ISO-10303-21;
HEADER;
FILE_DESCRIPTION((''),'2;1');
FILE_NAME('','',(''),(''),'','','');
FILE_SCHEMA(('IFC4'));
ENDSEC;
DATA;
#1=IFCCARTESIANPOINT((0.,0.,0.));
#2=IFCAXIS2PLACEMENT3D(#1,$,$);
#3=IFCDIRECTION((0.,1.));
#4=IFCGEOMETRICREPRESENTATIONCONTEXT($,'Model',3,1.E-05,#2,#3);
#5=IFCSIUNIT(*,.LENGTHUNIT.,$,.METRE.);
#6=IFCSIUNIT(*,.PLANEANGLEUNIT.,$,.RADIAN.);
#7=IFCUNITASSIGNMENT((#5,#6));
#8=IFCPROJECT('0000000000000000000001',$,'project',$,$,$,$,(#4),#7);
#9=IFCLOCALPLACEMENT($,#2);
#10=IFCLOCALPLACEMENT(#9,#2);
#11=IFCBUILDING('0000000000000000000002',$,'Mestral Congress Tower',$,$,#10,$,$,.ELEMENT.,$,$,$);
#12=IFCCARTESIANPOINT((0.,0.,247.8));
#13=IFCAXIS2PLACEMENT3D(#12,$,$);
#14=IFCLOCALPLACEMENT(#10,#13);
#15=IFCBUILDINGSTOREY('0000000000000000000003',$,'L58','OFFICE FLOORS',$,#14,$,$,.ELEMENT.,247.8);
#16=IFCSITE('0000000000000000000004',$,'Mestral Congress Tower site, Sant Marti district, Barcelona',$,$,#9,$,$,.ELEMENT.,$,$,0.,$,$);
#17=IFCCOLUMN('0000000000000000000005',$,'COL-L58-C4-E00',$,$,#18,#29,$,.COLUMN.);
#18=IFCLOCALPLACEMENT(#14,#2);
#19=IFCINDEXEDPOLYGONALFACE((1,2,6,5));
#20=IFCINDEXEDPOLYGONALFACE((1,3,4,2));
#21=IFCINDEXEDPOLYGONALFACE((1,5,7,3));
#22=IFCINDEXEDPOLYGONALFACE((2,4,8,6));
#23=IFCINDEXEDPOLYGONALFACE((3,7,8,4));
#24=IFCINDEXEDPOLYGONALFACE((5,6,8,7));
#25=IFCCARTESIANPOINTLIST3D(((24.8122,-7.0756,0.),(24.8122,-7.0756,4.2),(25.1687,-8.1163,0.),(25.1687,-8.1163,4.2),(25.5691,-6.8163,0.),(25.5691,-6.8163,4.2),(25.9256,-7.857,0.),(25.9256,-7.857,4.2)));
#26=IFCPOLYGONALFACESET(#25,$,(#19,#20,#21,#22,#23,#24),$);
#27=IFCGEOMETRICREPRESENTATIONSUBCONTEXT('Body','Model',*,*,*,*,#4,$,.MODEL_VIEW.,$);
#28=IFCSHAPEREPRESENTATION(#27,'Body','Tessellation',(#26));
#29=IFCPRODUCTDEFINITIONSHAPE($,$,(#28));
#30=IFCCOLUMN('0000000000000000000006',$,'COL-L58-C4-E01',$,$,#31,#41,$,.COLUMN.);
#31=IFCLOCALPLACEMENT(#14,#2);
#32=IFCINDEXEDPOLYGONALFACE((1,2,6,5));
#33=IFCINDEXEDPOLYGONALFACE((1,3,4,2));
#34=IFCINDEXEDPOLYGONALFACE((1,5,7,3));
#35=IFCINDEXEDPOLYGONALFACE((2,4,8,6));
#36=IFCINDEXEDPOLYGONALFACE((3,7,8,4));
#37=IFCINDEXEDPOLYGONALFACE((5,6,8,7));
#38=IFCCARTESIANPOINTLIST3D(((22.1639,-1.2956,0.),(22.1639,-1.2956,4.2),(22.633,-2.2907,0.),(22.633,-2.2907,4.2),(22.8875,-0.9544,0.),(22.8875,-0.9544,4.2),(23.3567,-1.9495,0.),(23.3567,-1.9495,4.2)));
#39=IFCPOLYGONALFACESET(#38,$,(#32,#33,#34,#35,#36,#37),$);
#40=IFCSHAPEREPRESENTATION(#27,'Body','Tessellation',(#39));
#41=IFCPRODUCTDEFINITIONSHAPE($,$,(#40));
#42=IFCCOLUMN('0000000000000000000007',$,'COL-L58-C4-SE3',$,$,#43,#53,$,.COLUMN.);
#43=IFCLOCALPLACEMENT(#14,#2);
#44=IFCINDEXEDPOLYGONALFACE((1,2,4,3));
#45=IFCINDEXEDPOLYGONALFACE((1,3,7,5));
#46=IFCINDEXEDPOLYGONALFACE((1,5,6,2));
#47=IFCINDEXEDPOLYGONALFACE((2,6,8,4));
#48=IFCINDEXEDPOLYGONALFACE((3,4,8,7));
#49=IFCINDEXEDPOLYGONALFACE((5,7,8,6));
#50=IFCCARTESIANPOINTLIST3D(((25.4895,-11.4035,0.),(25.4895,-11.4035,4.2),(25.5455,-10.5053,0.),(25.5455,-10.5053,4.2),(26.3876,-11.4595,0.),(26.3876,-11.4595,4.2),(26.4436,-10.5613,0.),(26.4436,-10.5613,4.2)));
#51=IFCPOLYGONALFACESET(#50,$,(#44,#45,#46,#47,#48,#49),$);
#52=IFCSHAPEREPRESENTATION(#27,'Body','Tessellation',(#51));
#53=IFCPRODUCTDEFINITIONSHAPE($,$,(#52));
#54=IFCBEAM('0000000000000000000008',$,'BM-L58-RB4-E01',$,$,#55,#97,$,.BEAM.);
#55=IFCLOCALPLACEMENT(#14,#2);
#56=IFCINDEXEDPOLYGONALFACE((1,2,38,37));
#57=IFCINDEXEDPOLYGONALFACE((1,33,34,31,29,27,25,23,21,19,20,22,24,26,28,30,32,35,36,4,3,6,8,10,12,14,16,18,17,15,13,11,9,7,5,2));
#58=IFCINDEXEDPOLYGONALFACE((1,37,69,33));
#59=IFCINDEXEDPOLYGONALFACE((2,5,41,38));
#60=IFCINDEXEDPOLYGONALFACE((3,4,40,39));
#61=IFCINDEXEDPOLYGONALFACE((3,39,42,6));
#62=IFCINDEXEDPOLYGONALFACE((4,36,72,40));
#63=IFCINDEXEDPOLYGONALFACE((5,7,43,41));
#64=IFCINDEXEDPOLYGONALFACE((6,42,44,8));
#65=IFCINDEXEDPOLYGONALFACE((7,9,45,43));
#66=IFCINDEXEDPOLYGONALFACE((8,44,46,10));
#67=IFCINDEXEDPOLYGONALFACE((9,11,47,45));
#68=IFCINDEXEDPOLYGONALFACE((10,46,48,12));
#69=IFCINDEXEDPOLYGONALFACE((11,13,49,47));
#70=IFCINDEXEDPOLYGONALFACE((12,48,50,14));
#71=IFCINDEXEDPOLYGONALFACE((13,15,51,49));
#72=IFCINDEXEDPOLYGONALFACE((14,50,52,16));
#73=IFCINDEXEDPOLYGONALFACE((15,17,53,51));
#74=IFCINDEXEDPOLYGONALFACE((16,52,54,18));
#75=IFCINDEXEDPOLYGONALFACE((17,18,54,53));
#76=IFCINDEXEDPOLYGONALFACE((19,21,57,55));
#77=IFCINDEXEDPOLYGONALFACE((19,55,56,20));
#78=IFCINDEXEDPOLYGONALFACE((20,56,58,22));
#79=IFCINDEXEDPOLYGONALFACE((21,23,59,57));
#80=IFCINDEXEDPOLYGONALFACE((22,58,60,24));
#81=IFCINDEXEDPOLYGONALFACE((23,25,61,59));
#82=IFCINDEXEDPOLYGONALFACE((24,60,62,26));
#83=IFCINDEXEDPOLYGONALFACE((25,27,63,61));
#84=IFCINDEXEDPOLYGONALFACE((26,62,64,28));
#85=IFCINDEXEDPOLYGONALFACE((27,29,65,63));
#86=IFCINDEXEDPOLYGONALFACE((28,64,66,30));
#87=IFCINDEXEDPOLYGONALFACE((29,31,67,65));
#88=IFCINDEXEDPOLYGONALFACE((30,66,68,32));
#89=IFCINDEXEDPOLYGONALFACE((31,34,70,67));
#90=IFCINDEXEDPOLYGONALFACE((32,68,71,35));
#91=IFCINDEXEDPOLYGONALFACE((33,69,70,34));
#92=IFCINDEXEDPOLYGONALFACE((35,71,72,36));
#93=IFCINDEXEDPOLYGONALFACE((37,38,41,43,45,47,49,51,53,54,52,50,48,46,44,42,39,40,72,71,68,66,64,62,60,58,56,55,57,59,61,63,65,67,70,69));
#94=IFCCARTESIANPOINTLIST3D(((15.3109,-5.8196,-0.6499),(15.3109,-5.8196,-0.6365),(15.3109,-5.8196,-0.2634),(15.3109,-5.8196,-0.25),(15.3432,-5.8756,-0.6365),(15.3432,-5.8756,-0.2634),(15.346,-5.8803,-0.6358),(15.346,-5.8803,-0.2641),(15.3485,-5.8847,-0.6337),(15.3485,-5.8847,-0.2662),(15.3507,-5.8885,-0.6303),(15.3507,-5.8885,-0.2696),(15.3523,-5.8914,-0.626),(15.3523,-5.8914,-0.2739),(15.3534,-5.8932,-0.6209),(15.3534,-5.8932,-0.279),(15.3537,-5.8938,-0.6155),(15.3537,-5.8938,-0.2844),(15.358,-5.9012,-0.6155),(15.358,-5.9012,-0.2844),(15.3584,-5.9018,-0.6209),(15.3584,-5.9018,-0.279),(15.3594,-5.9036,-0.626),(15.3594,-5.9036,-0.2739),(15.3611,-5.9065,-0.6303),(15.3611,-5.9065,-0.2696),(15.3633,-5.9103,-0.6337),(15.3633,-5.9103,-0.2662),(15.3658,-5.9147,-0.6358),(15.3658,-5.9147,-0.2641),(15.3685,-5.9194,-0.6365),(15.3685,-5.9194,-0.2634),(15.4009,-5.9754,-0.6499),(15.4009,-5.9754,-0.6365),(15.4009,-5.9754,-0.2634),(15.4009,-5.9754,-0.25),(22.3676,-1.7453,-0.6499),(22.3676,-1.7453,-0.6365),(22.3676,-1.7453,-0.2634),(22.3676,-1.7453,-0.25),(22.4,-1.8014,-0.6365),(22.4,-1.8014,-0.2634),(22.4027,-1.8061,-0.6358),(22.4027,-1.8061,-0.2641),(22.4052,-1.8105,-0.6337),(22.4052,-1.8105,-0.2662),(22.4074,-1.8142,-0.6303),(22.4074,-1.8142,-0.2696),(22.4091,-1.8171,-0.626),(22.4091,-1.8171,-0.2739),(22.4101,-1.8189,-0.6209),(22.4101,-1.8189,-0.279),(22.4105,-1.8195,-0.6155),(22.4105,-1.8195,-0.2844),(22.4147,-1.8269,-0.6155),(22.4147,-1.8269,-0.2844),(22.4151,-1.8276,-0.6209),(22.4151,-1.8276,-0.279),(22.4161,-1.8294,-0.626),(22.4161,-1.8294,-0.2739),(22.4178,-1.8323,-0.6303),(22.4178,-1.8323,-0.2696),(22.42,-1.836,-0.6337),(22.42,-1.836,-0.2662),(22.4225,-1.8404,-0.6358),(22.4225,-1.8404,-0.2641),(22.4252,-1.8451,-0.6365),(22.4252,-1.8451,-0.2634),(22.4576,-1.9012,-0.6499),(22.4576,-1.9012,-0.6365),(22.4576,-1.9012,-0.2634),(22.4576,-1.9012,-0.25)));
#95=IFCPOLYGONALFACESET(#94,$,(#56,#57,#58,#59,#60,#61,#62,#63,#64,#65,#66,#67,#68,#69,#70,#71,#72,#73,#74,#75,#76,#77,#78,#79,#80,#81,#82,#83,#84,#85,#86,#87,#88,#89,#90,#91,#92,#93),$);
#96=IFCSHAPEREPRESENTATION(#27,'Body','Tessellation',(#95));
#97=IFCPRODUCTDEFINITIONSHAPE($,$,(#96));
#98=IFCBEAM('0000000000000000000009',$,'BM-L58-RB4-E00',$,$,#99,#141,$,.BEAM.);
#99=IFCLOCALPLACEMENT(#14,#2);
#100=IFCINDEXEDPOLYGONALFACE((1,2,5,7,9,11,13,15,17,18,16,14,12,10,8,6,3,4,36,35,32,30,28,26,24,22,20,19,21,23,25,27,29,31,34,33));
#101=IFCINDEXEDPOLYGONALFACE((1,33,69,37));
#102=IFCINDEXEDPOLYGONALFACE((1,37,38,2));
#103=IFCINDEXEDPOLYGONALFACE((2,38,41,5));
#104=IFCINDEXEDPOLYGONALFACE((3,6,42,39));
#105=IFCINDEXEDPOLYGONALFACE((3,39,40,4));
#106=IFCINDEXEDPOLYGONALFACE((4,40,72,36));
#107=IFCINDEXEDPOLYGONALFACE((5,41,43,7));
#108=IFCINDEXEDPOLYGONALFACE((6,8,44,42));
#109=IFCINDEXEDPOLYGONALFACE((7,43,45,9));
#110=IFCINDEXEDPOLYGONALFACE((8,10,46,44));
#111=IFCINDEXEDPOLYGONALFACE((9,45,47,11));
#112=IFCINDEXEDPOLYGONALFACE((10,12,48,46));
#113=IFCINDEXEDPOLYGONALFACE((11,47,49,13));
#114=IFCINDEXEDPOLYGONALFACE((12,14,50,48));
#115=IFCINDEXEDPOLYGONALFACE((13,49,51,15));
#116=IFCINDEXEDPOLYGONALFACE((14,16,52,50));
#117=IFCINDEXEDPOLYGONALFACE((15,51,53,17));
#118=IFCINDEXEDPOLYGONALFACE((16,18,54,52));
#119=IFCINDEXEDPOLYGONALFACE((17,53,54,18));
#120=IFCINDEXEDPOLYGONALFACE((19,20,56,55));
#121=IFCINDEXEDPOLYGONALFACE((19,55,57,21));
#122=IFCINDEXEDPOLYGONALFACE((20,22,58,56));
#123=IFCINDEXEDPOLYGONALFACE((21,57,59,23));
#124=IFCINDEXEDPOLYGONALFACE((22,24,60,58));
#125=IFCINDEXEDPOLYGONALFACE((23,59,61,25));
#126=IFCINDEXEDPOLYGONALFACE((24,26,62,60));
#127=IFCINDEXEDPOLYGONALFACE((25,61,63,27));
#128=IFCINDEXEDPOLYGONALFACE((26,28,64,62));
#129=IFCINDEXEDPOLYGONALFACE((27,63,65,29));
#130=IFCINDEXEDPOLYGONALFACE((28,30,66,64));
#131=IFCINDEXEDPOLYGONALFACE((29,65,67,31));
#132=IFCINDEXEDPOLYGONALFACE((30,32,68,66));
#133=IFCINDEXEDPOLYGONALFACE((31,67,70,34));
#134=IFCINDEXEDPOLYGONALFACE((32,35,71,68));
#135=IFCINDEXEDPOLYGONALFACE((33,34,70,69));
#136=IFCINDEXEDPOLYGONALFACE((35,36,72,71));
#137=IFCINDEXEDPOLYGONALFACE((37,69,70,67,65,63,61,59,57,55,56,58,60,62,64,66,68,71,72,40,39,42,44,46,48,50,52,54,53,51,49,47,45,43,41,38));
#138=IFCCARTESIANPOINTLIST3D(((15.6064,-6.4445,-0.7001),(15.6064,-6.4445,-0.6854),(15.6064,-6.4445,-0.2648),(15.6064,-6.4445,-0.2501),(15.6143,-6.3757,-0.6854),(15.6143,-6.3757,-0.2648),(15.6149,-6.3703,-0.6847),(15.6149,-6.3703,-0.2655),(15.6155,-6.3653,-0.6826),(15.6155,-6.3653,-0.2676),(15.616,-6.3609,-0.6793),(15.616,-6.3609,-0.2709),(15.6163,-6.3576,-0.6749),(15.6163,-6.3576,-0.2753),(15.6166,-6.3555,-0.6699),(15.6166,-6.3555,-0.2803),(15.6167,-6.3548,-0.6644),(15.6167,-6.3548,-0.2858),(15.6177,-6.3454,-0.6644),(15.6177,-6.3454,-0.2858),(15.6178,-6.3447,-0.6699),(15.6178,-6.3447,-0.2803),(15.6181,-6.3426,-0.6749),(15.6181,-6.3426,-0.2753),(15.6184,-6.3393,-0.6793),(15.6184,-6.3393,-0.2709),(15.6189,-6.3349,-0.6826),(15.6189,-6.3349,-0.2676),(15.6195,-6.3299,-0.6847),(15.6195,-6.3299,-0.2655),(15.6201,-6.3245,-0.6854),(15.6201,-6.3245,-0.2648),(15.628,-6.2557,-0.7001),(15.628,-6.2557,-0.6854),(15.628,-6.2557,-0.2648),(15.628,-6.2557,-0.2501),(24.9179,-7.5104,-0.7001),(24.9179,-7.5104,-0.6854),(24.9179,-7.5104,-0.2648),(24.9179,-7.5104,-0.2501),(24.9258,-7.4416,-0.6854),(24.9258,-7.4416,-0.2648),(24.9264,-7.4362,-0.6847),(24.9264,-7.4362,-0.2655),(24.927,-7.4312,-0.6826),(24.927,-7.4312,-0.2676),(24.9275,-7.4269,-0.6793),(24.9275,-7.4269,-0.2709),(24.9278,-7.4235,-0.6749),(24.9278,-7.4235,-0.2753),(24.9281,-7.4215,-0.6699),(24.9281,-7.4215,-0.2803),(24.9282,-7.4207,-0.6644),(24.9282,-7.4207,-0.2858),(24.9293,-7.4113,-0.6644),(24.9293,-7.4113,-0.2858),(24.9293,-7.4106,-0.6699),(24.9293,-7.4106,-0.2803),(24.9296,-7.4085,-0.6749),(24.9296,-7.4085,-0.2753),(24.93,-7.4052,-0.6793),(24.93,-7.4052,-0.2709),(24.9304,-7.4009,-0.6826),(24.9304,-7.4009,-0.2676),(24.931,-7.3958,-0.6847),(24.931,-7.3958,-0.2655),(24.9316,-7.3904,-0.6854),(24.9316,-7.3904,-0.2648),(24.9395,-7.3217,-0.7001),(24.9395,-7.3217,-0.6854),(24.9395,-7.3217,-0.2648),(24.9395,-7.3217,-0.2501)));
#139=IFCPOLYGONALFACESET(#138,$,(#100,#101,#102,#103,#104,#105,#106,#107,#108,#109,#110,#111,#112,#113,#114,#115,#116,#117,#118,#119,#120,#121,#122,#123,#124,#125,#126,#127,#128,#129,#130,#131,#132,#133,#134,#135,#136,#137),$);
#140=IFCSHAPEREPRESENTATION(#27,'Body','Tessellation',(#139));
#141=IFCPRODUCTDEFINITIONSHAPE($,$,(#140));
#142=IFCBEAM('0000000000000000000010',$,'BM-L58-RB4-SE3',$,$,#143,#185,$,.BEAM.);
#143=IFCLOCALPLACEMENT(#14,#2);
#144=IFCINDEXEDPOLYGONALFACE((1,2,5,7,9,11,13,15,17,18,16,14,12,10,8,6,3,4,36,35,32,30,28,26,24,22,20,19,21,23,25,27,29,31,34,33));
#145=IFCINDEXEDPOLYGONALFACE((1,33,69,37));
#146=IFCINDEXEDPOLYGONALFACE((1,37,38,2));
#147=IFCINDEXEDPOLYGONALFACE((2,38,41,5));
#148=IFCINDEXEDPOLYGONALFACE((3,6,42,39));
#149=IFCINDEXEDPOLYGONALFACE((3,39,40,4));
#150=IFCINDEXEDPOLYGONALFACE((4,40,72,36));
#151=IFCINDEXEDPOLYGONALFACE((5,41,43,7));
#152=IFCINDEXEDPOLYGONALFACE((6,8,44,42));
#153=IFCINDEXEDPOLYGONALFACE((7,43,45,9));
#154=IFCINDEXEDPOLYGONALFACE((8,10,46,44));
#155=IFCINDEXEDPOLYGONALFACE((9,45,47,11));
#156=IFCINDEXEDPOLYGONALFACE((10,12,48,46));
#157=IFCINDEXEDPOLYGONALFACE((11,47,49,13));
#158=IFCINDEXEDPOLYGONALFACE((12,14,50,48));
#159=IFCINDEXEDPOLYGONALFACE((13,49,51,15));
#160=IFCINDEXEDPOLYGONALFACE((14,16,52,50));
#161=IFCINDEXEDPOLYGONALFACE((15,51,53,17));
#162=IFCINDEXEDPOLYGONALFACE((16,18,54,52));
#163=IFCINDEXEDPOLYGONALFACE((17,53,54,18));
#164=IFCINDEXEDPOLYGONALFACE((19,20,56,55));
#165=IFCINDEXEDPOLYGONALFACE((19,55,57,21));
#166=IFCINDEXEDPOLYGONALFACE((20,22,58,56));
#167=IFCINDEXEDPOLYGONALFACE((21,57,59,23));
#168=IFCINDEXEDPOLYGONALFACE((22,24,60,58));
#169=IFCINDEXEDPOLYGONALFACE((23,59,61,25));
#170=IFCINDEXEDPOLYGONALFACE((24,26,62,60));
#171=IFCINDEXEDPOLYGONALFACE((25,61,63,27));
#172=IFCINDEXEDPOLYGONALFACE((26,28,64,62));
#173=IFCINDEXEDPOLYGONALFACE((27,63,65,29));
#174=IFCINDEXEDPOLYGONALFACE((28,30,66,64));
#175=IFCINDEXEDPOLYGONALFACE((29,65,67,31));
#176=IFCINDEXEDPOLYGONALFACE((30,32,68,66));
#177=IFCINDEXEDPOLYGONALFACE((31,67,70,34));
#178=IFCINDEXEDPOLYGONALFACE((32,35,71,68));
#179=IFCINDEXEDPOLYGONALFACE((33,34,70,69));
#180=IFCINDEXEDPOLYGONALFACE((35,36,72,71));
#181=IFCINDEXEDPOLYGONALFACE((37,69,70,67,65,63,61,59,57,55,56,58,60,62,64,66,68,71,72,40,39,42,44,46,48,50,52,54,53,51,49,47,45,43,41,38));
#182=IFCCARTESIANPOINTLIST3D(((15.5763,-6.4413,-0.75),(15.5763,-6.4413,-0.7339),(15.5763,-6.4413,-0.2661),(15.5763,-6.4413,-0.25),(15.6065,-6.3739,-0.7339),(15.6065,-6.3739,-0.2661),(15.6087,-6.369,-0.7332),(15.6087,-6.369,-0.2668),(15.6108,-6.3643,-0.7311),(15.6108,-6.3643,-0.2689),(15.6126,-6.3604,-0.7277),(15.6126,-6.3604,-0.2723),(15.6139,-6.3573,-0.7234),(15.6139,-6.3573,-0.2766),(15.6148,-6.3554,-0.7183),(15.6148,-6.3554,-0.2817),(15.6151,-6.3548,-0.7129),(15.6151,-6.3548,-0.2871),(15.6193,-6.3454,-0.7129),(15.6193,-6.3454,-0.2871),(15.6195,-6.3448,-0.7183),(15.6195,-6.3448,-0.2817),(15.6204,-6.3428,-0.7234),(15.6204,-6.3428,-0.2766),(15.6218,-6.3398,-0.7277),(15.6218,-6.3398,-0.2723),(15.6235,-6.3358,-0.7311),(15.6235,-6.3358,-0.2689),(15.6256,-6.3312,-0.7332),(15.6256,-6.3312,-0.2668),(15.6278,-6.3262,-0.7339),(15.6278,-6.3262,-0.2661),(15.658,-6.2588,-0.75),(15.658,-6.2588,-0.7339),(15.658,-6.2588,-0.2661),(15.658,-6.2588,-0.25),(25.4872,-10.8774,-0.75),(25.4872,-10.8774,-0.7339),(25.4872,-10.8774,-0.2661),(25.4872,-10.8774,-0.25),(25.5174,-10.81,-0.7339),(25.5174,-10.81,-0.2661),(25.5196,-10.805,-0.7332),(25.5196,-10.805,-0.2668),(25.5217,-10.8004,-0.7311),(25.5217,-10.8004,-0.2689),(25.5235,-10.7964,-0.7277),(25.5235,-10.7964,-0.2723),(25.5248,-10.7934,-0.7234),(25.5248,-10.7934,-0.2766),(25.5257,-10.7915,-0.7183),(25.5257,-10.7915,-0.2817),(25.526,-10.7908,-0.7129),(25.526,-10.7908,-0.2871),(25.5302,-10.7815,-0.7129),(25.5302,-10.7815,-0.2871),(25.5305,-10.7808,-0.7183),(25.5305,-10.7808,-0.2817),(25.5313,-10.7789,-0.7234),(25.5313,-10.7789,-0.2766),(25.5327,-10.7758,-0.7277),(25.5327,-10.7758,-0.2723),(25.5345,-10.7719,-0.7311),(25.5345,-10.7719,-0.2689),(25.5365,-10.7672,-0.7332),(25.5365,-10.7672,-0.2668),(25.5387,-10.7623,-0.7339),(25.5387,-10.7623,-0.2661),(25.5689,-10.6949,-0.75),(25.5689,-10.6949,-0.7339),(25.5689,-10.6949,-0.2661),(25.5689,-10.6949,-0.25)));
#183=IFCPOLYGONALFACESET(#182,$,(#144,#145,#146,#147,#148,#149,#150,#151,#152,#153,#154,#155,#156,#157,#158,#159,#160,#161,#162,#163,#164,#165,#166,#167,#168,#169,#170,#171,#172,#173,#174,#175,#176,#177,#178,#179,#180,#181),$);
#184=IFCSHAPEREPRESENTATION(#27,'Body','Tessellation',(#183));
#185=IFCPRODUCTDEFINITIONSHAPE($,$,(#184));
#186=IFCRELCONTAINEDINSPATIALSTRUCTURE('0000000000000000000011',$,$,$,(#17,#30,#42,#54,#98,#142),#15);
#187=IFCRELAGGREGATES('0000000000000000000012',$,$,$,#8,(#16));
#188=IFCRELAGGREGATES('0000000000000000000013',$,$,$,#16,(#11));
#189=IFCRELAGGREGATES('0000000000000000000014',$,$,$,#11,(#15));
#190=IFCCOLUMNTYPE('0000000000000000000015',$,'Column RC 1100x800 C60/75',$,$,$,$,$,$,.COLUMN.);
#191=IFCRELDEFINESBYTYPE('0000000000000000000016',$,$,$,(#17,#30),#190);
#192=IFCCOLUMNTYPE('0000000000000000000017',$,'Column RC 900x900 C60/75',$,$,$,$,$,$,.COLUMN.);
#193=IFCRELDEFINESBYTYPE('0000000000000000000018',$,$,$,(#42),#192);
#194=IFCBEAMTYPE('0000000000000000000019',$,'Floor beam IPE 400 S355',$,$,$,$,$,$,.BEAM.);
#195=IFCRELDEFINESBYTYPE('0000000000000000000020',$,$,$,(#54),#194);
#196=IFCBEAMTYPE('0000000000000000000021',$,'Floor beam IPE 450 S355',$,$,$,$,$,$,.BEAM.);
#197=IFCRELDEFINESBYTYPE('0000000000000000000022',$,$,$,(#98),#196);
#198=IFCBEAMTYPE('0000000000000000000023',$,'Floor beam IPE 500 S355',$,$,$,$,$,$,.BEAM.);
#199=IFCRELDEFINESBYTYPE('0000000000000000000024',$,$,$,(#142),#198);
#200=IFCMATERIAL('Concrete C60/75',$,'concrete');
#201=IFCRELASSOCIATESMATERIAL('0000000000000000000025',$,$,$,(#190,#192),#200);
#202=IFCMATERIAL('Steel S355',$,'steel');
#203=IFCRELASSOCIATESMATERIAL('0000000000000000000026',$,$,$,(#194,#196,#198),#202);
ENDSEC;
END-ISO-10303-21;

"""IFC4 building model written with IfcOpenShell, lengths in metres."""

from ifc_helpers import new_model, si_unit, direction, frame, origin, origin_2d, place, context, subcontext, project, spatial, rectangle, i_section, extrude, material, material_profile, profile_set, type_object, element, save


model = new_model("IFC4")

# Units and contexts
model_context = context("Model", 3, precision=1e-05, world=origin(), true_north=direction((0.0, 1.0)))
body_context = subcontext(model_context, "Body", "Model", "MODEL_VIEW")
ifc_project = project(units=[si_unit("LENGTHUNIT", "METRE"), si_unit("PLANEANGLEUNIT", "RADIAN")], contexts=[model_context])

# Site, building, storey
site_placement = place(None, origin())
site = spatial("IfcSite", under=ifc_project, at=site_placement, Name="Mestral Congress Tower site, Sant Marti district, Barcelona", CompositionType="ELEMENT", RefElevation=0.0)
building_placement = place(site_placement, origin())
building = spatial("IfcBuilding", under=site, at=building_placement, Name="Mestral Congress Tower", CompositionType="ELEMENT")
storey_placement = place(building_placement, frame((0.0, 0.0, 247.8)))
storey = spatial("IfcBuildingStorey", under=building, at=storey_placement, Name="L58", Description="OFFICE FLOORS", CompositionType="ELEMENT", Elevation=247.8)

# Columns
ifc_material_1 = material(Name="Concrete C60/75", Category="concrete")
ifc_material_profile_1 = material_profile(ifc_material_1, rectangle(XDim=1.1001, YDim=0.8, at=origin_2d()), Name="RC 1100x800")
ifc_profile_set_1 = profile_set([ifc_material_profile_1], Name="Concrete C60/75")
column_type_1 = type_object("IfcColumnType", Name="Column RC 1100x800 C60/75", PredefinedType="COLUMN", material=ifc_profile_set_1)
for number, where, z_axis, x_axis, name in (
    (1, (25.3689, -7.4663, 0.0), (0.0, 0.0, 1.0), (-0.324074, 0.946032, 0.0), "COL-L58-C4-E00"),
    (2, (22.7603, -1.6226, 0.0), (0.0, 0.0, 1.0), (-0.426472, 0.904501, 0.0), "COL-L58-C4-E01"),
):
    element("IfcColumn", number, at=place(storey_placement, frame(where, z_axis=z_axis, x_axis=x_axis)), inside=storey, type_object=column_type_1, Name=name, PredefinedType="COLUMN", context=body_context, shape_type="SweptSolid", body=[
        extrude(rectangle(XDim=1.1001, YDim=0.8, at=origin_2d()), origin(), (0.0, 0.0, 1.0), 4.2),
    ])
ifc_material_profile_2 = material_profile(ifc_material_1, rectangle(XDim=0.8999, YDim=0.8999, at=origin_2d()), Name="RC 900x900")
ifc_profile_set_2 = profile_set([ifc_material_profile_2], Name="Concrete C60/75")
column_type_2 = type_object("IfcColumnType", Name="Column RC 900x900 C60/75", PredefinedType="COLUMN", material=ifc_profile_set_2)
column_placement = place(storey_placement, frame((25.9666, -10.9824, 0.0), z_axis=(0.0, 0.0, 1.0), x_axis=(0.062217, 0.998063, 0.0)))
element("IfcColumn", 3, at=column_placement, inside=storey, type_object=column_type_2, Name="COL-L58-C4-SE3", PredefinedType="COLUMN", context=body_context, shape_type="SweptSolid", body=[
    extrude(rectangle(XDim=0.8999, YDim=0.8999, at=origin_2d()), origin(), (0.0, 0.0, 1.0), 4.2),
])

# Beams
ifc_material_2 = material(Name="Steel S355", Category="steel")
ifc_material_profile_3 = material_profile(ifc_material_2, i_section(OverallWidth=0.1799, OverallDepth=0.3999, WebThickness=0.0085, FlangeThickness=0.0134, FilletRadius=0.021, at=origin_2d()), Name="IPE 400")
ifc_profile_set_3 = profile_set([ifc_material_profile_3], Name="Steel S355")
beam_type_1 = type_object("IfcBeamType", Name="Floor beam IPE 400 S355", PredefinedType="BEAM", material=ifc_profile_set_3)
beam_1_placement = place(storey_placement, frame((22.4126, -1.8232, -0.45), z_axis=(-0.866022, -0.500006, 0.0), x_axis=(0.500006, -0.866022, 0.0)))
element("IfcBeam", 4, at=beam_1_placement, inside=storey, type_object=beam_type_1, Name="BM-L58-RB4-E01", PredefinedType="BEAM", context=body_context, shape_type="SweptSolid", body=[
    extrude(i_section(OverallWidth=0.1799, OverallDepth=0.3999, WebThickness=0.0085, FlangeThickness=0.0134, FilletRadius=0.021, at=origin_2d()), origin(), (0.0, 0.0, 1.0), 8.1484),
])
ifc_material_profile_4 = material_profile(ifc_material_2, i_section(OverallWidth=0.1899, OverallDepth=0.45, WebThickness=0.0095, FlangeThickness=0.0146, FilletRadius=0.021, at=origin_2d()), Name="IPE 450")
ifc_profile_set_4 = profile_set([ifc_material_profile_4], Name="Steel S355")
beam_type_2 = type_object("IfcBeamType", Name="Floor beam IPE 450 S355", PredefinedType="BEAM", material=ifc_profile_set_4)
beam_2_placement = place(storey_placement, frame((24.9287, -7.416, -0.4751), z_axis=(-0.993512, 0.11373, 0.0), x_axis=(-0.11373, -0.993512, 0.0)))
element("IfcBeam", 5, at=beam_2_placement, inside=storey, type_object=beam_type_2, Name="BM-L58-RB4-E00", PredefinedType="BEAM", context=body_context, shape_type="SweptSolid", body=[
    extrude(i_section(OverallWidth=0.1899, OverallDepth=0.45, WebThickness=0.0095, FlangeThickness=0.0146, FilletRadius=0.021, at=origin_2d()), origin(), (0.0, 0.0, 1.0), 9.3723),
])
ifc_material_profile_5 = material_profile(ifc_material_2, i_section(OverallWidth=0.2, OverallDepth=0.5, WebThickness=0.0103, FlangeThickness=0.0161, FilletRadius=0.021, at=origin_2d()), Name="IPE 500")
ifc_profile_set_5 = profile_set([ifc_material_profile_5], Name="Steel S355")
beam_type_3 = type_object("IfcBeamType", Name="Floor beam IPE 500 S355", PredefinedType="BEAM", material=ifc_profile_set_5)
beam_3_placement = place(storey_placement, frame((25.5281, -10.7861, -0.5), z_axis=(-0.912742, 0.408536, 0.0), x_axis=(-0.408536, -0.912742, 0.0)))
element("IfcBeam", 6, at=beam_3_placement, inside=storey, type_object=beam_type_3, Name="BM-L58-RB4-SE3", PredefinedType="BEAM", context=body_context, shape_type="SweptSolid", body=[
    extrude(i_section(OverallWidth=0.2, OverallDepth=0.5, WebThickness=0.0103, FlangeThickness=0.0161, FilletRadius=0.021, at=origin_2d()), origin(), (0.0, 0.0, 1.0), 10.8584),
])

save(model, "model.ifc")
